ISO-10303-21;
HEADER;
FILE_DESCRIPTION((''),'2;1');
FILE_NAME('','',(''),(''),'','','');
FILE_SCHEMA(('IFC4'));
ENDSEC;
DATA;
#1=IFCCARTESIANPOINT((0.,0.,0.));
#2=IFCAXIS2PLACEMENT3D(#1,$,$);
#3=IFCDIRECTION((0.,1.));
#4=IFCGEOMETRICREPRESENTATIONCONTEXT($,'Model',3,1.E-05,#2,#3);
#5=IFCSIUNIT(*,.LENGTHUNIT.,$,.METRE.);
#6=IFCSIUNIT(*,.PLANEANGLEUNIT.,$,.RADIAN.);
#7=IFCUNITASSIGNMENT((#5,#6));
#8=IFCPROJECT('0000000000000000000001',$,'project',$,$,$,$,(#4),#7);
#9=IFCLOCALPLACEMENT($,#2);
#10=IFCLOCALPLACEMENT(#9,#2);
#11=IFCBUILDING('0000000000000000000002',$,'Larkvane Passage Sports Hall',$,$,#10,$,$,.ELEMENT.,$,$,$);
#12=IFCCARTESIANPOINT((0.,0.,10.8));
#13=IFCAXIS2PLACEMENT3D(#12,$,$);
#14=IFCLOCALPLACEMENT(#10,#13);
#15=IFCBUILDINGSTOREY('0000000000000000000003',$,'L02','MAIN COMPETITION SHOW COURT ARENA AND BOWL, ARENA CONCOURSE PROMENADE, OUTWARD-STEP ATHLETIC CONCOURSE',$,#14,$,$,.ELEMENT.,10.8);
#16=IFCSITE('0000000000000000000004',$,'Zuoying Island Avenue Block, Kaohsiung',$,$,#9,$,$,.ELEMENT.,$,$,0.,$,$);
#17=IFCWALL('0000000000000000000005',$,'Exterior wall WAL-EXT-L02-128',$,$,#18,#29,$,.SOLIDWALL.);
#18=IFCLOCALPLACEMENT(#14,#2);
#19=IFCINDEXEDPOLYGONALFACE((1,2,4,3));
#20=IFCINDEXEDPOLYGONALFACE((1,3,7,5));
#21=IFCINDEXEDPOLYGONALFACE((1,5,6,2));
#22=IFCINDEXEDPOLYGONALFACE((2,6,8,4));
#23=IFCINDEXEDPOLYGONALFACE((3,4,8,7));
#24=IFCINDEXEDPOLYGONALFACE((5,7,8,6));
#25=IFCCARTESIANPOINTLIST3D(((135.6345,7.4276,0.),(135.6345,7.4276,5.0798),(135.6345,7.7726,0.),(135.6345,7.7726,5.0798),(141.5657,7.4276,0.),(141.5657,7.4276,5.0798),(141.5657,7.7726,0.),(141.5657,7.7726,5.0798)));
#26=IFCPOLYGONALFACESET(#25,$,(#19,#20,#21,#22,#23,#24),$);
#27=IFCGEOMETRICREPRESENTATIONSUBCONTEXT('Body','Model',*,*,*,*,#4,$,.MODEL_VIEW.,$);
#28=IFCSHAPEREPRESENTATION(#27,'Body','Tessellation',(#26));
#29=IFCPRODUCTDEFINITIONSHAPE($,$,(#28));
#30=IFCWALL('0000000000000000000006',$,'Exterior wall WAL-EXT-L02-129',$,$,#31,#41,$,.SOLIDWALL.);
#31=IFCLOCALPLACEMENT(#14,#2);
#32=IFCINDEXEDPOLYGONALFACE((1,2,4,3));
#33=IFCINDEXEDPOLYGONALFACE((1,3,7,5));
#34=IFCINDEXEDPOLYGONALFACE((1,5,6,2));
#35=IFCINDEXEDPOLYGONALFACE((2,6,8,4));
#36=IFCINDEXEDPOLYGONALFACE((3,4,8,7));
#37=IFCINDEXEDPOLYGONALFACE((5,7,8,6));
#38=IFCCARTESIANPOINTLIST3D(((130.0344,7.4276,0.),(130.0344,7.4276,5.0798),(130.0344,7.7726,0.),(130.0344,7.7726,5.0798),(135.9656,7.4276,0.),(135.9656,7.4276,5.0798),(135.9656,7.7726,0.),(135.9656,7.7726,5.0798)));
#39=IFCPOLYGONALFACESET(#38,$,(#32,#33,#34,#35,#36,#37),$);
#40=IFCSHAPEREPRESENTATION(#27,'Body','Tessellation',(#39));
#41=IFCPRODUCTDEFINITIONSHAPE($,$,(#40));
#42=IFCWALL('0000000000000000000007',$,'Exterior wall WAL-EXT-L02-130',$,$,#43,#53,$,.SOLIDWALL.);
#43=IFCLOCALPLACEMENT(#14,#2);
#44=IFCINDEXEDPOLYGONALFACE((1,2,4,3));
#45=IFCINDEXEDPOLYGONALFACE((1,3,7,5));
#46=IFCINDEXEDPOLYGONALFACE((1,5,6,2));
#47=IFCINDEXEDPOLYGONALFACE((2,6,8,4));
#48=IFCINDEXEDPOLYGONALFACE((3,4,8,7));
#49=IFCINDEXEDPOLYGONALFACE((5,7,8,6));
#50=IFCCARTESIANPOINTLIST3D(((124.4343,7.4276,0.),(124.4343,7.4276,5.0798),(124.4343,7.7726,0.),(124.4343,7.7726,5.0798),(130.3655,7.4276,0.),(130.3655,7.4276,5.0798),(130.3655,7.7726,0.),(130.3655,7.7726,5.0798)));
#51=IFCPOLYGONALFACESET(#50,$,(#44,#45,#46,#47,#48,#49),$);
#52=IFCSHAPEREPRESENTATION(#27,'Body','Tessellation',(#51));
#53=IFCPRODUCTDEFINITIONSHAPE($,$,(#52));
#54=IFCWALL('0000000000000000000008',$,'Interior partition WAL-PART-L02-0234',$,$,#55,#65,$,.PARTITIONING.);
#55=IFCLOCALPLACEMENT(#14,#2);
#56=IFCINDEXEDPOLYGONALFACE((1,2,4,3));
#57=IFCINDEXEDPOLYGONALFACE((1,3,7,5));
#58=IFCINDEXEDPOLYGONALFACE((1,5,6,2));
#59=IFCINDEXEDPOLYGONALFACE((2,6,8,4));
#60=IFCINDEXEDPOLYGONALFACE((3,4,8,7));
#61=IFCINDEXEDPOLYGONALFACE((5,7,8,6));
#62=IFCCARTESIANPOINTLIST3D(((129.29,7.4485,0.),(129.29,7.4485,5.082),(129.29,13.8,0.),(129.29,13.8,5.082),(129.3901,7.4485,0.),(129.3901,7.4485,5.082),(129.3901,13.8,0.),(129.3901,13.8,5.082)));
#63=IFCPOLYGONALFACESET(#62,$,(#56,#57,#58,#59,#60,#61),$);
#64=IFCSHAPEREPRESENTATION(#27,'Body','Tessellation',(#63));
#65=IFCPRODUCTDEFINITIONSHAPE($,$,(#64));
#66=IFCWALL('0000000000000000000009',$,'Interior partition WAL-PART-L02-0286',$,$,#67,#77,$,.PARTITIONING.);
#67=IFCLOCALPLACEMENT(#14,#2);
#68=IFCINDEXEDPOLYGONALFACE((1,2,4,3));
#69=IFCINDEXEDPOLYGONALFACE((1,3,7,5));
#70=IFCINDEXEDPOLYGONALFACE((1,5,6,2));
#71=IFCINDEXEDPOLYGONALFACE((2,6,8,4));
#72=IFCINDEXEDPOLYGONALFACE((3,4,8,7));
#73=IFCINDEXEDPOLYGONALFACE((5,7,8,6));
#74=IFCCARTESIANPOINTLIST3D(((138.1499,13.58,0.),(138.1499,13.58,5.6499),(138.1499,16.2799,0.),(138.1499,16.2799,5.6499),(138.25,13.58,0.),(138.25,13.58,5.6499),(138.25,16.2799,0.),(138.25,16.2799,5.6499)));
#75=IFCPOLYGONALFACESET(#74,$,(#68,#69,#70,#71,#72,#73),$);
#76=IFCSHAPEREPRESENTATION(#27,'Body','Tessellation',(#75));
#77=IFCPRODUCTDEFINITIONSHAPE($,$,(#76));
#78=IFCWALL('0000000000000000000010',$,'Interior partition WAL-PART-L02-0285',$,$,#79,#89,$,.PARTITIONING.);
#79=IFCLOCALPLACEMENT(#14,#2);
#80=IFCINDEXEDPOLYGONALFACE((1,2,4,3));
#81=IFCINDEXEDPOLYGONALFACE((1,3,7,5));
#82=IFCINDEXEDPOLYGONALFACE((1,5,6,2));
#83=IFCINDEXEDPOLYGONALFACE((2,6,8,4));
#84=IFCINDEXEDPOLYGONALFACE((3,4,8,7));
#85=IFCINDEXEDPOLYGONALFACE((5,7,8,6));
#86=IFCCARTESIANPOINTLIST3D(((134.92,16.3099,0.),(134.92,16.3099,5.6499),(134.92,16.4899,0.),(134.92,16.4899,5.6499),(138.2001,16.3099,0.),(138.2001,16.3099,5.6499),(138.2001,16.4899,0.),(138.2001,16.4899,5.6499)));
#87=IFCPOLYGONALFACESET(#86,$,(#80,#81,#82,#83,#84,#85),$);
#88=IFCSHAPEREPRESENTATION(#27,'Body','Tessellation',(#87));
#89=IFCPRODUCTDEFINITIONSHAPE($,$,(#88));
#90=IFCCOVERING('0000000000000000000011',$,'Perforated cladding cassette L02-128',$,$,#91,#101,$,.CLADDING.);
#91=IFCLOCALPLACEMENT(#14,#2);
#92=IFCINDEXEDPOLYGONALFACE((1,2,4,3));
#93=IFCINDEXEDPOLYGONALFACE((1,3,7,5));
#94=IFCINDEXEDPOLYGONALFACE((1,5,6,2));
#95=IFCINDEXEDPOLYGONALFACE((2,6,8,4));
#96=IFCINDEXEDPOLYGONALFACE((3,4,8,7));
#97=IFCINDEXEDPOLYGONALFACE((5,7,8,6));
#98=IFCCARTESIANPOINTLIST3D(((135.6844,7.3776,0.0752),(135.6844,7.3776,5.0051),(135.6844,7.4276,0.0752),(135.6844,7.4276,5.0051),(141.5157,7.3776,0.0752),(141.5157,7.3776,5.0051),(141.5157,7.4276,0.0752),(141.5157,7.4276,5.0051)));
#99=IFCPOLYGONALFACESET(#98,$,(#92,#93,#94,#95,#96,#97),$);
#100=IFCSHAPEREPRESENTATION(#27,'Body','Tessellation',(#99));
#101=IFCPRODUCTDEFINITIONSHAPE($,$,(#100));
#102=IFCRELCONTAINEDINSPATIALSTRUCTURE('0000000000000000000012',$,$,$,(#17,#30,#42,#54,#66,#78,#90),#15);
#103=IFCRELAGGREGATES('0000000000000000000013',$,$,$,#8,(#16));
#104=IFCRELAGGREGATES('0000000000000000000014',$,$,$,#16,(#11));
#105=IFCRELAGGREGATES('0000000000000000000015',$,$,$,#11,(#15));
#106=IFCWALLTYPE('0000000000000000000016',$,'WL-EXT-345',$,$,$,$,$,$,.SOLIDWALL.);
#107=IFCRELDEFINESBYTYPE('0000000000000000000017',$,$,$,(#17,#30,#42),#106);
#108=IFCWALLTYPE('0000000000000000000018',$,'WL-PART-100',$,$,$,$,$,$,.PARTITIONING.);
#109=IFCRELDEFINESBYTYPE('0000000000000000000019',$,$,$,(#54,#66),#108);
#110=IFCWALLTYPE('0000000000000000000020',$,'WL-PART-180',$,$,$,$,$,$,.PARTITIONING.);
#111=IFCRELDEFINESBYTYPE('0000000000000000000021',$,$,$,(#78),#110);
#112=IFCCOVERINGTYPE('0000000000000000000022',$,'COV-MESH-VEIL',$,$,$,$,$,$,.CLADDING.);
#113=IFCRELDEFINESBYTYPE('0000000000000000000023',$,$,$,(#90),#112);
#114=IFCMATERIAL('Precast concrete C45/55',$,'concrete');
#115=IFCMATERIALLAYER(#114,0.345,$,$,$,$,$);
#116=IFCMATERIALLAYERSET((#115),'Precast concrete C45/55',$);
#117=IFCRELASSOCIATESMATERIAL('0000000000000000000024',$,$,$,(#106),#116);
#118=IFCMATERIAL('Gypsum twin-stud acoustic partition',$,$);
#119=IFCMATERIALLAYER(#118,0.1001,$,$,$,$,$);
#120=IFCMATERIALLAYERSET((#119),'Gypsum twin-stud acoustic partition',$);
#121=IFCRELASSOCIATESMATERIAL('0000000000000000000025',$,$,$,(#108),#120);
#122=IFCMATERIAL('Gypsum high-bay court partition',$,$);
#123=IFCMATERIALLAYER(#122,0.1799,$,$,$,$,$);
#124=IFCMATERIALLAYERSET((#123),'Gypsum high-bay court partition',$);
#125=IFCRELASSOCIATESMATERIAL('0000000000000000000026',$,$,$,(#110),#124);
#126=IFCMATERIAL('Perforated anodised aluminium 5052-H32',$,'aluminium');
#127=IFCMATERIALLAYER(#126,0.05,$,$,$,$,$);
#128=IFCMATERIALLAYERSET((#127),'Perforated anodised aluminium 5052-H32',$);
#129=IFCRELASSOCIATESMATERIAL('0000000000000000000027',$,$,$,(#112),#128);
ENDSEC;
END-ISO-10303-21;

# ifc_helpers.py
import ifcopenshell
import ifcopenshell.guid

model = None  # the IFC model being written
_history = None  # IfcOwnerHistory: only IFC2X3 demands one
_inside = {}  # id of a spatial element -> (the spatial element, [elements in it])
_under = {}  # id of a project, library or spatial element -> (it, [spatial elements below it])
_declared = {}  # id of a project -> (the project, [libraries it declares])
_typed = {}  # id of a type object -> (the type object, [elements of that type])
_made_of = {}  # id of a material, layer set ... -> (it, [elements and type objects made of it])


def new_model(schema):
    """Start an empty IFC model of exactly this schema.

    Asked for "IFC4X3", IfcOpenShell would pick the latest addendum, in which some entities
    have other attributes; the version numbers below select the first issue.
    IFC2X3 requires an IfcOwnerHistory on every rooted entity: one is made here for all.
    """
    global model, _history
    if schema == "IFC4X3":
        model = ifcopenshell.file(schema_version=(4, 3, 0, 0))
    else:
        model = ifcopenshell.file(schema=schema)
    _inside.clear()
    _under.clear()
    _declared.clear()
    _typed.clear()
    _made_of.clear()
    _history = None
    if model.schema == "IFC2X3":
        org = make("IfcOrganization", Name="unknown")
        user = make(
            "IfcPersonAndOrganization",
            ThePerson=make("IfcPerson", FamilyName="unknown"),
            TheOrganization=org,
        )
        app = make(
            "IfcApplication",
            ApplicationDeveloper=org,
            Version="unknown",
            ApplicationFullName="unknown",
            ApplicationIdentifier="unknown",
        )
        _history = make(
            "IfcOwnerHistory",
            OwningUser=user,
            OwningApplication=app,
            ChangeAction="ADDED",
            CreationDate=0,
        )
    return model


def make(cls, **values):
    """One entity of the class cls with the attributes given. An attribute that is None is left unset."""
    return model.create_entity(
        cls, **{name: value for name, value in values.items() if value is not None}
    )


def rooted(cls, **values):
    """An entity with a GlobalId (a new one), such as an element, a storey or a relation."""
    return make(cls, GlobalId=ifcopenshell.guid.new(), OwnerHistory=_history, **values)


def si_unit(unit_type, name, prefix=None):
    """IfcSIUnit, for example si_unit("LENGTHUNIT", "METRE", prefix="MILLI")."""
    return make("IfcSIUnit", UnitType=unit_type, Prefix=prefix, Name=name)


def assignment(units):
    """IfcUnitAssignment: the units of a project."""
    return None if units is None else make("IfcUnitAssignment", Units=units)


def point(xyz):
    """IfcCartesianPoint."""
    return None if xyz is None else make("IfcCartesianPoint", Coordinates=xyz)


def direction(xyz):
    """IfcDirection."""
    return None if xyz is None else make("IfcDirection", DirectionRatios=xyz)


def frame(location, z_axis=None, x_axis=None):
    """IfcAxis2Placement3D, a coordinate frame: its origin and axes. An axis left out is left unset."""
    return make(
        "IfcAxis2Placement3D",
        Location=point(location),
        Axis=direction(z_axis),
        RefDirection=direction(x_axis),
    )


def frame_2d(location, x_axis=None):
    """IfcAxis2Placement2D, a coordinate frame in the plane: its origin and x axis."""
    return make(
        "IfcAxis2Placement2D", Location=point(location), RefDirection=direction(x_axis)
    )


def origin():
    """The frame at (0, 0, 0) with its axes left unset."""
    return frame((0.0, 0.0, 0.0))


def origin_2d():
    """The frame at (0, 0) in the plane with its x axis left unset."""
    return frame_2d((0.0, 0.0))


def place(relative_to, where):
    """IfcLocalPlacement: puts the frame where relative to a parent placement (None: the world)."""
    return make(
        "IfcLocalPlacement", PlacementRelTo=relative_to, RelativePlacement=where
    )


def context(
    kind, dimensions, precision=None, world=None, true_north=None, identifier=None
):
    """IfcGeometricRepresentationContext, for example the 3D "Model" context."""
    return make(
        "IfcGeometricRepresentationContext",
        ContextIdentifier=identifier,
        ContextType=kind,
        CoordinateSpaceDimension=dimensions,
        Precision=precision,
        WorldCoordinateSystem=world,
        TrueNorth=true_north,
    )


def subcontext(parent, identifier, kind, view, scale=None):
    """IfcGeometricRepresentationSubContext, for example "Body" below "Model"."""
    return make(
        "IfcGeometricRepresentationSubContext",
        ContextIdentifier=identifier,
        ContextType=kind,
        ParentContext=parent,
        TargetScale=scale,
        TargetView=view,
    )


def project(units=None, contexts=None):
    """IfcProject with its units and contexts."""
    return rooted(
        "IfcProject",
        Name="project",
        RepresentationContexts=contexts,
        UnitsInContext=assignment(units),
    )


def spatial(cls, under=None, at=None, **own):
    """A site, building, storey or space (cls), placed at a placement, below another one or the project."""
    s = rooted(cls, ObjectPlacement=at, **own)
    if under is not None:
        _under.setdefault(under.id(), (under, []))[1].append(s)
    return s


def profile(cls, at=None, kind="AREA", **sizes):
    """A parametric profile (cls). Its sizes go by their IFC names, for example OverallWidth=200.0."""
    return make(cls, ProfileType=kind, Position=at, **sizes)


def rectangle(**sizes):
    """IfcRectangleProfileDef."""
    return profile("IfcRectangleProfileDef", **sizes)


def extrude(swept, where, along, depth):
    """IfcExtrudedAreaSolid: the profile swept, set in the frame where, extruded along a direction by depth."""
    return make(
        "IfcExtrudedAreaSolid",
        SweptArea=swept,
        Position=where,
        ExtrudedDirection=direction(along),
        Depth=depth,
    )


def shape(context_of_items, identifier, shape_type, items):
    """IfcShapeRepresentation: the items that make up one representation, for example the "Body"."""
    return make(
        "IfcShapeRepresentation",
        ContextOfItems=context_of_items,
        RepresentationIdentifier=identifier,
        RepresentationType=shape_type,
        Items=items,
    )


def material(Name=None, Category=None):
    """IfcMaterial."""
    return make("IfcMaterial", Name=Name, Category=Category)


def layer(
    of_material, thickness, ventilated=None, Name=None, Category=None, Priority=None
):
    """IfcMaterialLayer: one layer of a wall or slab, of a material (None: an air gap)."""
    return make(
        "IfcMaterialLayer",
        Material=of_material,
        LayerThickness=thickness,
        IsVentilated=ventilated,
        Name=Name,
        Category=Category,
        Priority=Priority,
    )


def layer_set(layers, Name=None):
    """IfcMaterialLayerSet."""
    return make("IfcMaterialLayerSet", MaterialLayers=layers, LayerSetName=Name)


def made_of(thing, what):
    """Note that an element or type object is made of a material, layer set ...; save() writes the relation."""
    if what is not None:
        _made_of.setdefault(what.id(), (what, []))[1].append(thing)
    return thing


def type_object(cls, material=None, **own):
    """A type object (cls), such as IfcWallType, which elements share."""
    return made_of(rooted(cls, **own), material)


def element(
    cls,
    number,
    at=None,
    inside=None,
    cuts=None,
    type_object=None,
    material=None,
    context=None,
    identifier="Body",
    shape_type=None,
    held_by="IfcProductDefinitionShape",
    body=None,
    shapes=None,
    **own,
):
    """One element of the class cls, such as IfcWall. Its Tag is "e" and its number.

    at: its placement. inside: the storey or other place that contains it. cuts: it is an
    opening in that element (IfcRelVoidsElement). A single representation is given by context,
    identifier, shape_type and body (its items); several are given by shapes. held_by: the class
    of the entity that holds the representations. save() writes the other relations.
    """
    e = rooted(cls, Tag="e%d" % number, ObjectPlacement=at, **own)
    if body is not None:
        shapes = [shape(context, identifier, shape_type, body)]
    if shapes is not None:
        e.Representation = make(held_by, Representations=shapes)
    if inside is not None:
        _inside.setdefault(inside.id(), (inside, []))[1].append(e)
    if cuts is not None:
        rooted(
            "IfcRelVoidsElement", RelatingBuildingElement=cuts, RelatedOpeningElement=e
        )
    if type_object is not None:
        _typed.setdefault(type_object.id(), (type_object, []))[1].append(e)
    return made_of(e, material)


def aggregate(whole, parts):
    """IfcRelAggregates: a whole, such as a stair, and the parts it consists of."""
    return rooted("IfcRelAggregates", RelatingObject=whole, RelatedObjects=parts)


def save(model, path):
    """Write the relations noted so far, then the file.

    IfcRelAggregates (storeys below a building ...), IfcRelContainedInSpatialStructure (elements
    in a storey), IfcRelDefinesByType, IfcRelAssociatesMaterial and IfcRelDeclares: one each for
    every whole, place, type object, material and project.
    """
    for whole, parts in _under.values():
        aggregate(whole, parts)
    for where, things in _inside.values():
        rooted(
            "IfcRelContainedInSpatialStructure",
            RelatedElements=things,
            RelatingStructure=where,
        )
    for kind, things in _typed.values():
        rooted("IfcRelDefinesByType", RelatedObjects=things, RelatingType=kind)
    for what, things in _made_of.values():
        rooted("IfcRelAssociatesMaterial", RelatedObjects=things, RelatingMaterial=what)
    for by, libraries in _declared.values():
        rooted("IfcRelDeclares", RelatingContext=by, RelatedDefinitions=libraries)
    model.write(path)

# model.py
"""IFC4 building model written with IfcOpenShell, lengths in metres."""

from ifc_helpers import new_model, si_unit, direction, frame, frame_2d, origin, origin_2d, place, context, subcontext, project, spatial, rectangle, extrude, material, layer, layer_set, type_object, element, save


model = new_model("IFC4")

# Units and contexts
model_context = context("Model", 3, precision=1e-05, world=origin(), true_north=direction((0.0, 1.0)))
body_context = subcontext(model_context, "Body", "Model", "MODEL_VIEW")
ifc_project = project(units=[si_unit("LENGTHUNIT", "METRE"), si_unit("PLANEANGLEUNIT", "RADIAN")], contexts=[model_context])

# Site, building, storey
site_placement = place(None, origin())
site = spatial("IfcSite", under=ifc_project, at=site_placement, Name="Zuoying Island Avenue Block, Kaohsiung", CompositionType="ELEMENT", RefElevation=0.0)
building_placement = place(site_placement, origin())
building = spatial("IfcBuilding", under=site, at=building_placement, Name="Larkvane Passage Sports Hall", CompositionType="ELEMENT")
storey_placement = place(building_placement, frame((0.0, 0.0, 10.8)))
storey = spatial("IfcBuildingStorey", under=building, at=storey_placement, Name="L02", Description="MAIN COMPETITION SHOW COURT ARENA AND BOWL, ARENA CONCOURSE PROMENADE, OUTWARD-STEP ATHLETIC CONCOURSE", CompositionType="ELEMENT", Elevation=10.8)

# Walls
ifc_material_1 = material(Name="Precast concrete C45/55", Category="concrete")
ifc_layer_1 = layer(ifc_material_1, 0.345)
ifc_layer_set_1 = layer_set([ifc_layer_1], Name="Precast concrete C45/55")
wall_type_1 = type_object("IfcWallType", Name="WL-EXT-345", PredefinedType="SOLIDWALL", material=ifc_layer_set_1)
for number, where, z_axis, x_axis, name in (
    (1, (141.5657, 7.6001, 0.0), (0.0, 0.0, 1.0), (-1.0, 0.0, 0.0), "Exterior wall WAL-EXT-L02-128"),
    (2, (135.9656, 7.6001, 0.0), (0.0, 0.0, 1.0), (-1.0, 0.0, 0.0), "Exterior wall WAL-EXT-L02-129"),
    (3, (130.3655, 7.6001, 0.0), (0.0, 0.0, 1.0), (-1.0, 0.0, 0.0), "Exterior wall WAL-EXT-L02-130"),
):
    element("IfcWall", number, at=place(storey_placement, frame(where, z_axis=z_axis, x_axis=x_axis)), inside=storey, type_object=wall_type_1, Name=name, PredefinedType="SOLIDWALL", context=body_context, shape_type="SweptSolid", body=[
        extrude(rectangle(XDim=5.9312, YDim=0.345, at=frame_2d((2.9656, 0.0))), origin(), (0.0, 0.0, 1.0), 5.0798),
    ])
ifc_material_2 = material(Name="Gypsum twin-stud acoustic partition")
ifc_layer_2 = layer(ifc_material_2, 0.1001)
ifc_layer_set_2 = layer_set([ifc_layer_2], Name="Gypsum twin-stud acoustic partition")
wall_type_2 = type_object("IfcWallType", Name="WL-PART-100", PredefinedType="PARTITIONING", material=ifc_layer_set_2)
wall_1_placement = place(storey_placement, frame((129.3401, 7.4485, 0.0), z_axis=(0.0, 0.0, 1.0), x_axis=(0.0, 1.0, 0.0)))
element("IfcWall", 4, at=wall_1_placement, inside=storey, type_object=wall_type_2, Name="Interior partition WAL-PART-L02-0234", PredefinedType="PARTITIONING", context=body_context, shape_type="SweptSolid", body=[
    extrude(rectangle(XDim=6.3516, YDim=0.1001, at=frame_2d((3.1758, 0.0))), origin(), (0.0, 0.0, 1.0), 5.082),
])
wall_2_placement = place(storey_placement, frame((138.2, 16.28, 0.0), z_axis=(0.0, 0.0, 1.0), x_axis=(0.0, -1.0, 0.0)))
element("IfcWall", 5, at=wall_2_placement, inside=storey, type_object=wall_type_2, Name="Interior partition WAL-PART-L02-0286", PredefinedType="PARTITIONING", context=body_context, shape_type="SweptSolid", body=[
    extrude(rectangle(XDim=2.7, YDim=0.1001, at=frame_2d((1.3501, 0.0))), origin(), (0.0, 0.0, 1.0), 5.6499),
])
ifc_material_3 = material(Name="Gypsum high-bay court partition")
ifc_layer_3 = layer(ifc_material_3, 0.1799)
ifc_layer_set_3 = layer_set([ifc_layer_3], Name="Gypsum high-bay court partition")
wall_type_3 = type_object("IfcWallType", Name="WL-PART-180", PredefinedType="PARTITIONING", material=ifc_layer_set_3)
wall_3_placement = place(storey_placement, frame((134.9199, 16.3999, 0.0), z_axis=(0.0, 0.0, 1.0), x_axis=(1.0, 0.0, 0.0)))
element("IfcWall", 6, at=wall_3_placement, inside=storey, type_object=wall_type_3, Name="Interior partition WAL-PART-L02-0285", PredefinedType="PARTITIONING", context=body_context, shape_type="SweptSolid", body=[
    extrude(rectangle(XDim=3.28, YDim=0.1799, at=frame_2d((1.6401, 0.0))), origin(), (0.0, 0.0, 1.0), 5.6499),
])

# Covering
ifc_material_4 = material(Name="Perforated anodised aluminium 5052-H32", Category="aluminium")
ifc_layer_4 = layer(ifc_material_4, 0.05)
ifc_layer_set_4 = layer_set([ifc_layer_4], Name="Perforated anodised aluminium 5052-H32")
covering_type = type_object("IfcCoveringType", Name="COV-MESH-VEIL", PredefinedType="CLADDING", material=ifc_layer_set_4)
covering_placement = place(storey_placement, frame((138.6001, 7.4026, 0.0752), z_axis=(0.0, 0.0, 1.0), x_axis=(-1.0, 0.0, 0.0)))
element("IfcCovering", 7, at=covering_placement, inside=storey, type_object=covering_type, Name="Perforated cladding cassette L02-128", PredefinedType="CLADDING", context=body_context, shape_type="SweptSolid", body=[
    extrude(rectangle(XDim=5.8313, YDim=0.05, at=origin_2d()), origin(), (0.0, 0.0, 1.0), 4.9299),
])

save(model, "model.ifc")
